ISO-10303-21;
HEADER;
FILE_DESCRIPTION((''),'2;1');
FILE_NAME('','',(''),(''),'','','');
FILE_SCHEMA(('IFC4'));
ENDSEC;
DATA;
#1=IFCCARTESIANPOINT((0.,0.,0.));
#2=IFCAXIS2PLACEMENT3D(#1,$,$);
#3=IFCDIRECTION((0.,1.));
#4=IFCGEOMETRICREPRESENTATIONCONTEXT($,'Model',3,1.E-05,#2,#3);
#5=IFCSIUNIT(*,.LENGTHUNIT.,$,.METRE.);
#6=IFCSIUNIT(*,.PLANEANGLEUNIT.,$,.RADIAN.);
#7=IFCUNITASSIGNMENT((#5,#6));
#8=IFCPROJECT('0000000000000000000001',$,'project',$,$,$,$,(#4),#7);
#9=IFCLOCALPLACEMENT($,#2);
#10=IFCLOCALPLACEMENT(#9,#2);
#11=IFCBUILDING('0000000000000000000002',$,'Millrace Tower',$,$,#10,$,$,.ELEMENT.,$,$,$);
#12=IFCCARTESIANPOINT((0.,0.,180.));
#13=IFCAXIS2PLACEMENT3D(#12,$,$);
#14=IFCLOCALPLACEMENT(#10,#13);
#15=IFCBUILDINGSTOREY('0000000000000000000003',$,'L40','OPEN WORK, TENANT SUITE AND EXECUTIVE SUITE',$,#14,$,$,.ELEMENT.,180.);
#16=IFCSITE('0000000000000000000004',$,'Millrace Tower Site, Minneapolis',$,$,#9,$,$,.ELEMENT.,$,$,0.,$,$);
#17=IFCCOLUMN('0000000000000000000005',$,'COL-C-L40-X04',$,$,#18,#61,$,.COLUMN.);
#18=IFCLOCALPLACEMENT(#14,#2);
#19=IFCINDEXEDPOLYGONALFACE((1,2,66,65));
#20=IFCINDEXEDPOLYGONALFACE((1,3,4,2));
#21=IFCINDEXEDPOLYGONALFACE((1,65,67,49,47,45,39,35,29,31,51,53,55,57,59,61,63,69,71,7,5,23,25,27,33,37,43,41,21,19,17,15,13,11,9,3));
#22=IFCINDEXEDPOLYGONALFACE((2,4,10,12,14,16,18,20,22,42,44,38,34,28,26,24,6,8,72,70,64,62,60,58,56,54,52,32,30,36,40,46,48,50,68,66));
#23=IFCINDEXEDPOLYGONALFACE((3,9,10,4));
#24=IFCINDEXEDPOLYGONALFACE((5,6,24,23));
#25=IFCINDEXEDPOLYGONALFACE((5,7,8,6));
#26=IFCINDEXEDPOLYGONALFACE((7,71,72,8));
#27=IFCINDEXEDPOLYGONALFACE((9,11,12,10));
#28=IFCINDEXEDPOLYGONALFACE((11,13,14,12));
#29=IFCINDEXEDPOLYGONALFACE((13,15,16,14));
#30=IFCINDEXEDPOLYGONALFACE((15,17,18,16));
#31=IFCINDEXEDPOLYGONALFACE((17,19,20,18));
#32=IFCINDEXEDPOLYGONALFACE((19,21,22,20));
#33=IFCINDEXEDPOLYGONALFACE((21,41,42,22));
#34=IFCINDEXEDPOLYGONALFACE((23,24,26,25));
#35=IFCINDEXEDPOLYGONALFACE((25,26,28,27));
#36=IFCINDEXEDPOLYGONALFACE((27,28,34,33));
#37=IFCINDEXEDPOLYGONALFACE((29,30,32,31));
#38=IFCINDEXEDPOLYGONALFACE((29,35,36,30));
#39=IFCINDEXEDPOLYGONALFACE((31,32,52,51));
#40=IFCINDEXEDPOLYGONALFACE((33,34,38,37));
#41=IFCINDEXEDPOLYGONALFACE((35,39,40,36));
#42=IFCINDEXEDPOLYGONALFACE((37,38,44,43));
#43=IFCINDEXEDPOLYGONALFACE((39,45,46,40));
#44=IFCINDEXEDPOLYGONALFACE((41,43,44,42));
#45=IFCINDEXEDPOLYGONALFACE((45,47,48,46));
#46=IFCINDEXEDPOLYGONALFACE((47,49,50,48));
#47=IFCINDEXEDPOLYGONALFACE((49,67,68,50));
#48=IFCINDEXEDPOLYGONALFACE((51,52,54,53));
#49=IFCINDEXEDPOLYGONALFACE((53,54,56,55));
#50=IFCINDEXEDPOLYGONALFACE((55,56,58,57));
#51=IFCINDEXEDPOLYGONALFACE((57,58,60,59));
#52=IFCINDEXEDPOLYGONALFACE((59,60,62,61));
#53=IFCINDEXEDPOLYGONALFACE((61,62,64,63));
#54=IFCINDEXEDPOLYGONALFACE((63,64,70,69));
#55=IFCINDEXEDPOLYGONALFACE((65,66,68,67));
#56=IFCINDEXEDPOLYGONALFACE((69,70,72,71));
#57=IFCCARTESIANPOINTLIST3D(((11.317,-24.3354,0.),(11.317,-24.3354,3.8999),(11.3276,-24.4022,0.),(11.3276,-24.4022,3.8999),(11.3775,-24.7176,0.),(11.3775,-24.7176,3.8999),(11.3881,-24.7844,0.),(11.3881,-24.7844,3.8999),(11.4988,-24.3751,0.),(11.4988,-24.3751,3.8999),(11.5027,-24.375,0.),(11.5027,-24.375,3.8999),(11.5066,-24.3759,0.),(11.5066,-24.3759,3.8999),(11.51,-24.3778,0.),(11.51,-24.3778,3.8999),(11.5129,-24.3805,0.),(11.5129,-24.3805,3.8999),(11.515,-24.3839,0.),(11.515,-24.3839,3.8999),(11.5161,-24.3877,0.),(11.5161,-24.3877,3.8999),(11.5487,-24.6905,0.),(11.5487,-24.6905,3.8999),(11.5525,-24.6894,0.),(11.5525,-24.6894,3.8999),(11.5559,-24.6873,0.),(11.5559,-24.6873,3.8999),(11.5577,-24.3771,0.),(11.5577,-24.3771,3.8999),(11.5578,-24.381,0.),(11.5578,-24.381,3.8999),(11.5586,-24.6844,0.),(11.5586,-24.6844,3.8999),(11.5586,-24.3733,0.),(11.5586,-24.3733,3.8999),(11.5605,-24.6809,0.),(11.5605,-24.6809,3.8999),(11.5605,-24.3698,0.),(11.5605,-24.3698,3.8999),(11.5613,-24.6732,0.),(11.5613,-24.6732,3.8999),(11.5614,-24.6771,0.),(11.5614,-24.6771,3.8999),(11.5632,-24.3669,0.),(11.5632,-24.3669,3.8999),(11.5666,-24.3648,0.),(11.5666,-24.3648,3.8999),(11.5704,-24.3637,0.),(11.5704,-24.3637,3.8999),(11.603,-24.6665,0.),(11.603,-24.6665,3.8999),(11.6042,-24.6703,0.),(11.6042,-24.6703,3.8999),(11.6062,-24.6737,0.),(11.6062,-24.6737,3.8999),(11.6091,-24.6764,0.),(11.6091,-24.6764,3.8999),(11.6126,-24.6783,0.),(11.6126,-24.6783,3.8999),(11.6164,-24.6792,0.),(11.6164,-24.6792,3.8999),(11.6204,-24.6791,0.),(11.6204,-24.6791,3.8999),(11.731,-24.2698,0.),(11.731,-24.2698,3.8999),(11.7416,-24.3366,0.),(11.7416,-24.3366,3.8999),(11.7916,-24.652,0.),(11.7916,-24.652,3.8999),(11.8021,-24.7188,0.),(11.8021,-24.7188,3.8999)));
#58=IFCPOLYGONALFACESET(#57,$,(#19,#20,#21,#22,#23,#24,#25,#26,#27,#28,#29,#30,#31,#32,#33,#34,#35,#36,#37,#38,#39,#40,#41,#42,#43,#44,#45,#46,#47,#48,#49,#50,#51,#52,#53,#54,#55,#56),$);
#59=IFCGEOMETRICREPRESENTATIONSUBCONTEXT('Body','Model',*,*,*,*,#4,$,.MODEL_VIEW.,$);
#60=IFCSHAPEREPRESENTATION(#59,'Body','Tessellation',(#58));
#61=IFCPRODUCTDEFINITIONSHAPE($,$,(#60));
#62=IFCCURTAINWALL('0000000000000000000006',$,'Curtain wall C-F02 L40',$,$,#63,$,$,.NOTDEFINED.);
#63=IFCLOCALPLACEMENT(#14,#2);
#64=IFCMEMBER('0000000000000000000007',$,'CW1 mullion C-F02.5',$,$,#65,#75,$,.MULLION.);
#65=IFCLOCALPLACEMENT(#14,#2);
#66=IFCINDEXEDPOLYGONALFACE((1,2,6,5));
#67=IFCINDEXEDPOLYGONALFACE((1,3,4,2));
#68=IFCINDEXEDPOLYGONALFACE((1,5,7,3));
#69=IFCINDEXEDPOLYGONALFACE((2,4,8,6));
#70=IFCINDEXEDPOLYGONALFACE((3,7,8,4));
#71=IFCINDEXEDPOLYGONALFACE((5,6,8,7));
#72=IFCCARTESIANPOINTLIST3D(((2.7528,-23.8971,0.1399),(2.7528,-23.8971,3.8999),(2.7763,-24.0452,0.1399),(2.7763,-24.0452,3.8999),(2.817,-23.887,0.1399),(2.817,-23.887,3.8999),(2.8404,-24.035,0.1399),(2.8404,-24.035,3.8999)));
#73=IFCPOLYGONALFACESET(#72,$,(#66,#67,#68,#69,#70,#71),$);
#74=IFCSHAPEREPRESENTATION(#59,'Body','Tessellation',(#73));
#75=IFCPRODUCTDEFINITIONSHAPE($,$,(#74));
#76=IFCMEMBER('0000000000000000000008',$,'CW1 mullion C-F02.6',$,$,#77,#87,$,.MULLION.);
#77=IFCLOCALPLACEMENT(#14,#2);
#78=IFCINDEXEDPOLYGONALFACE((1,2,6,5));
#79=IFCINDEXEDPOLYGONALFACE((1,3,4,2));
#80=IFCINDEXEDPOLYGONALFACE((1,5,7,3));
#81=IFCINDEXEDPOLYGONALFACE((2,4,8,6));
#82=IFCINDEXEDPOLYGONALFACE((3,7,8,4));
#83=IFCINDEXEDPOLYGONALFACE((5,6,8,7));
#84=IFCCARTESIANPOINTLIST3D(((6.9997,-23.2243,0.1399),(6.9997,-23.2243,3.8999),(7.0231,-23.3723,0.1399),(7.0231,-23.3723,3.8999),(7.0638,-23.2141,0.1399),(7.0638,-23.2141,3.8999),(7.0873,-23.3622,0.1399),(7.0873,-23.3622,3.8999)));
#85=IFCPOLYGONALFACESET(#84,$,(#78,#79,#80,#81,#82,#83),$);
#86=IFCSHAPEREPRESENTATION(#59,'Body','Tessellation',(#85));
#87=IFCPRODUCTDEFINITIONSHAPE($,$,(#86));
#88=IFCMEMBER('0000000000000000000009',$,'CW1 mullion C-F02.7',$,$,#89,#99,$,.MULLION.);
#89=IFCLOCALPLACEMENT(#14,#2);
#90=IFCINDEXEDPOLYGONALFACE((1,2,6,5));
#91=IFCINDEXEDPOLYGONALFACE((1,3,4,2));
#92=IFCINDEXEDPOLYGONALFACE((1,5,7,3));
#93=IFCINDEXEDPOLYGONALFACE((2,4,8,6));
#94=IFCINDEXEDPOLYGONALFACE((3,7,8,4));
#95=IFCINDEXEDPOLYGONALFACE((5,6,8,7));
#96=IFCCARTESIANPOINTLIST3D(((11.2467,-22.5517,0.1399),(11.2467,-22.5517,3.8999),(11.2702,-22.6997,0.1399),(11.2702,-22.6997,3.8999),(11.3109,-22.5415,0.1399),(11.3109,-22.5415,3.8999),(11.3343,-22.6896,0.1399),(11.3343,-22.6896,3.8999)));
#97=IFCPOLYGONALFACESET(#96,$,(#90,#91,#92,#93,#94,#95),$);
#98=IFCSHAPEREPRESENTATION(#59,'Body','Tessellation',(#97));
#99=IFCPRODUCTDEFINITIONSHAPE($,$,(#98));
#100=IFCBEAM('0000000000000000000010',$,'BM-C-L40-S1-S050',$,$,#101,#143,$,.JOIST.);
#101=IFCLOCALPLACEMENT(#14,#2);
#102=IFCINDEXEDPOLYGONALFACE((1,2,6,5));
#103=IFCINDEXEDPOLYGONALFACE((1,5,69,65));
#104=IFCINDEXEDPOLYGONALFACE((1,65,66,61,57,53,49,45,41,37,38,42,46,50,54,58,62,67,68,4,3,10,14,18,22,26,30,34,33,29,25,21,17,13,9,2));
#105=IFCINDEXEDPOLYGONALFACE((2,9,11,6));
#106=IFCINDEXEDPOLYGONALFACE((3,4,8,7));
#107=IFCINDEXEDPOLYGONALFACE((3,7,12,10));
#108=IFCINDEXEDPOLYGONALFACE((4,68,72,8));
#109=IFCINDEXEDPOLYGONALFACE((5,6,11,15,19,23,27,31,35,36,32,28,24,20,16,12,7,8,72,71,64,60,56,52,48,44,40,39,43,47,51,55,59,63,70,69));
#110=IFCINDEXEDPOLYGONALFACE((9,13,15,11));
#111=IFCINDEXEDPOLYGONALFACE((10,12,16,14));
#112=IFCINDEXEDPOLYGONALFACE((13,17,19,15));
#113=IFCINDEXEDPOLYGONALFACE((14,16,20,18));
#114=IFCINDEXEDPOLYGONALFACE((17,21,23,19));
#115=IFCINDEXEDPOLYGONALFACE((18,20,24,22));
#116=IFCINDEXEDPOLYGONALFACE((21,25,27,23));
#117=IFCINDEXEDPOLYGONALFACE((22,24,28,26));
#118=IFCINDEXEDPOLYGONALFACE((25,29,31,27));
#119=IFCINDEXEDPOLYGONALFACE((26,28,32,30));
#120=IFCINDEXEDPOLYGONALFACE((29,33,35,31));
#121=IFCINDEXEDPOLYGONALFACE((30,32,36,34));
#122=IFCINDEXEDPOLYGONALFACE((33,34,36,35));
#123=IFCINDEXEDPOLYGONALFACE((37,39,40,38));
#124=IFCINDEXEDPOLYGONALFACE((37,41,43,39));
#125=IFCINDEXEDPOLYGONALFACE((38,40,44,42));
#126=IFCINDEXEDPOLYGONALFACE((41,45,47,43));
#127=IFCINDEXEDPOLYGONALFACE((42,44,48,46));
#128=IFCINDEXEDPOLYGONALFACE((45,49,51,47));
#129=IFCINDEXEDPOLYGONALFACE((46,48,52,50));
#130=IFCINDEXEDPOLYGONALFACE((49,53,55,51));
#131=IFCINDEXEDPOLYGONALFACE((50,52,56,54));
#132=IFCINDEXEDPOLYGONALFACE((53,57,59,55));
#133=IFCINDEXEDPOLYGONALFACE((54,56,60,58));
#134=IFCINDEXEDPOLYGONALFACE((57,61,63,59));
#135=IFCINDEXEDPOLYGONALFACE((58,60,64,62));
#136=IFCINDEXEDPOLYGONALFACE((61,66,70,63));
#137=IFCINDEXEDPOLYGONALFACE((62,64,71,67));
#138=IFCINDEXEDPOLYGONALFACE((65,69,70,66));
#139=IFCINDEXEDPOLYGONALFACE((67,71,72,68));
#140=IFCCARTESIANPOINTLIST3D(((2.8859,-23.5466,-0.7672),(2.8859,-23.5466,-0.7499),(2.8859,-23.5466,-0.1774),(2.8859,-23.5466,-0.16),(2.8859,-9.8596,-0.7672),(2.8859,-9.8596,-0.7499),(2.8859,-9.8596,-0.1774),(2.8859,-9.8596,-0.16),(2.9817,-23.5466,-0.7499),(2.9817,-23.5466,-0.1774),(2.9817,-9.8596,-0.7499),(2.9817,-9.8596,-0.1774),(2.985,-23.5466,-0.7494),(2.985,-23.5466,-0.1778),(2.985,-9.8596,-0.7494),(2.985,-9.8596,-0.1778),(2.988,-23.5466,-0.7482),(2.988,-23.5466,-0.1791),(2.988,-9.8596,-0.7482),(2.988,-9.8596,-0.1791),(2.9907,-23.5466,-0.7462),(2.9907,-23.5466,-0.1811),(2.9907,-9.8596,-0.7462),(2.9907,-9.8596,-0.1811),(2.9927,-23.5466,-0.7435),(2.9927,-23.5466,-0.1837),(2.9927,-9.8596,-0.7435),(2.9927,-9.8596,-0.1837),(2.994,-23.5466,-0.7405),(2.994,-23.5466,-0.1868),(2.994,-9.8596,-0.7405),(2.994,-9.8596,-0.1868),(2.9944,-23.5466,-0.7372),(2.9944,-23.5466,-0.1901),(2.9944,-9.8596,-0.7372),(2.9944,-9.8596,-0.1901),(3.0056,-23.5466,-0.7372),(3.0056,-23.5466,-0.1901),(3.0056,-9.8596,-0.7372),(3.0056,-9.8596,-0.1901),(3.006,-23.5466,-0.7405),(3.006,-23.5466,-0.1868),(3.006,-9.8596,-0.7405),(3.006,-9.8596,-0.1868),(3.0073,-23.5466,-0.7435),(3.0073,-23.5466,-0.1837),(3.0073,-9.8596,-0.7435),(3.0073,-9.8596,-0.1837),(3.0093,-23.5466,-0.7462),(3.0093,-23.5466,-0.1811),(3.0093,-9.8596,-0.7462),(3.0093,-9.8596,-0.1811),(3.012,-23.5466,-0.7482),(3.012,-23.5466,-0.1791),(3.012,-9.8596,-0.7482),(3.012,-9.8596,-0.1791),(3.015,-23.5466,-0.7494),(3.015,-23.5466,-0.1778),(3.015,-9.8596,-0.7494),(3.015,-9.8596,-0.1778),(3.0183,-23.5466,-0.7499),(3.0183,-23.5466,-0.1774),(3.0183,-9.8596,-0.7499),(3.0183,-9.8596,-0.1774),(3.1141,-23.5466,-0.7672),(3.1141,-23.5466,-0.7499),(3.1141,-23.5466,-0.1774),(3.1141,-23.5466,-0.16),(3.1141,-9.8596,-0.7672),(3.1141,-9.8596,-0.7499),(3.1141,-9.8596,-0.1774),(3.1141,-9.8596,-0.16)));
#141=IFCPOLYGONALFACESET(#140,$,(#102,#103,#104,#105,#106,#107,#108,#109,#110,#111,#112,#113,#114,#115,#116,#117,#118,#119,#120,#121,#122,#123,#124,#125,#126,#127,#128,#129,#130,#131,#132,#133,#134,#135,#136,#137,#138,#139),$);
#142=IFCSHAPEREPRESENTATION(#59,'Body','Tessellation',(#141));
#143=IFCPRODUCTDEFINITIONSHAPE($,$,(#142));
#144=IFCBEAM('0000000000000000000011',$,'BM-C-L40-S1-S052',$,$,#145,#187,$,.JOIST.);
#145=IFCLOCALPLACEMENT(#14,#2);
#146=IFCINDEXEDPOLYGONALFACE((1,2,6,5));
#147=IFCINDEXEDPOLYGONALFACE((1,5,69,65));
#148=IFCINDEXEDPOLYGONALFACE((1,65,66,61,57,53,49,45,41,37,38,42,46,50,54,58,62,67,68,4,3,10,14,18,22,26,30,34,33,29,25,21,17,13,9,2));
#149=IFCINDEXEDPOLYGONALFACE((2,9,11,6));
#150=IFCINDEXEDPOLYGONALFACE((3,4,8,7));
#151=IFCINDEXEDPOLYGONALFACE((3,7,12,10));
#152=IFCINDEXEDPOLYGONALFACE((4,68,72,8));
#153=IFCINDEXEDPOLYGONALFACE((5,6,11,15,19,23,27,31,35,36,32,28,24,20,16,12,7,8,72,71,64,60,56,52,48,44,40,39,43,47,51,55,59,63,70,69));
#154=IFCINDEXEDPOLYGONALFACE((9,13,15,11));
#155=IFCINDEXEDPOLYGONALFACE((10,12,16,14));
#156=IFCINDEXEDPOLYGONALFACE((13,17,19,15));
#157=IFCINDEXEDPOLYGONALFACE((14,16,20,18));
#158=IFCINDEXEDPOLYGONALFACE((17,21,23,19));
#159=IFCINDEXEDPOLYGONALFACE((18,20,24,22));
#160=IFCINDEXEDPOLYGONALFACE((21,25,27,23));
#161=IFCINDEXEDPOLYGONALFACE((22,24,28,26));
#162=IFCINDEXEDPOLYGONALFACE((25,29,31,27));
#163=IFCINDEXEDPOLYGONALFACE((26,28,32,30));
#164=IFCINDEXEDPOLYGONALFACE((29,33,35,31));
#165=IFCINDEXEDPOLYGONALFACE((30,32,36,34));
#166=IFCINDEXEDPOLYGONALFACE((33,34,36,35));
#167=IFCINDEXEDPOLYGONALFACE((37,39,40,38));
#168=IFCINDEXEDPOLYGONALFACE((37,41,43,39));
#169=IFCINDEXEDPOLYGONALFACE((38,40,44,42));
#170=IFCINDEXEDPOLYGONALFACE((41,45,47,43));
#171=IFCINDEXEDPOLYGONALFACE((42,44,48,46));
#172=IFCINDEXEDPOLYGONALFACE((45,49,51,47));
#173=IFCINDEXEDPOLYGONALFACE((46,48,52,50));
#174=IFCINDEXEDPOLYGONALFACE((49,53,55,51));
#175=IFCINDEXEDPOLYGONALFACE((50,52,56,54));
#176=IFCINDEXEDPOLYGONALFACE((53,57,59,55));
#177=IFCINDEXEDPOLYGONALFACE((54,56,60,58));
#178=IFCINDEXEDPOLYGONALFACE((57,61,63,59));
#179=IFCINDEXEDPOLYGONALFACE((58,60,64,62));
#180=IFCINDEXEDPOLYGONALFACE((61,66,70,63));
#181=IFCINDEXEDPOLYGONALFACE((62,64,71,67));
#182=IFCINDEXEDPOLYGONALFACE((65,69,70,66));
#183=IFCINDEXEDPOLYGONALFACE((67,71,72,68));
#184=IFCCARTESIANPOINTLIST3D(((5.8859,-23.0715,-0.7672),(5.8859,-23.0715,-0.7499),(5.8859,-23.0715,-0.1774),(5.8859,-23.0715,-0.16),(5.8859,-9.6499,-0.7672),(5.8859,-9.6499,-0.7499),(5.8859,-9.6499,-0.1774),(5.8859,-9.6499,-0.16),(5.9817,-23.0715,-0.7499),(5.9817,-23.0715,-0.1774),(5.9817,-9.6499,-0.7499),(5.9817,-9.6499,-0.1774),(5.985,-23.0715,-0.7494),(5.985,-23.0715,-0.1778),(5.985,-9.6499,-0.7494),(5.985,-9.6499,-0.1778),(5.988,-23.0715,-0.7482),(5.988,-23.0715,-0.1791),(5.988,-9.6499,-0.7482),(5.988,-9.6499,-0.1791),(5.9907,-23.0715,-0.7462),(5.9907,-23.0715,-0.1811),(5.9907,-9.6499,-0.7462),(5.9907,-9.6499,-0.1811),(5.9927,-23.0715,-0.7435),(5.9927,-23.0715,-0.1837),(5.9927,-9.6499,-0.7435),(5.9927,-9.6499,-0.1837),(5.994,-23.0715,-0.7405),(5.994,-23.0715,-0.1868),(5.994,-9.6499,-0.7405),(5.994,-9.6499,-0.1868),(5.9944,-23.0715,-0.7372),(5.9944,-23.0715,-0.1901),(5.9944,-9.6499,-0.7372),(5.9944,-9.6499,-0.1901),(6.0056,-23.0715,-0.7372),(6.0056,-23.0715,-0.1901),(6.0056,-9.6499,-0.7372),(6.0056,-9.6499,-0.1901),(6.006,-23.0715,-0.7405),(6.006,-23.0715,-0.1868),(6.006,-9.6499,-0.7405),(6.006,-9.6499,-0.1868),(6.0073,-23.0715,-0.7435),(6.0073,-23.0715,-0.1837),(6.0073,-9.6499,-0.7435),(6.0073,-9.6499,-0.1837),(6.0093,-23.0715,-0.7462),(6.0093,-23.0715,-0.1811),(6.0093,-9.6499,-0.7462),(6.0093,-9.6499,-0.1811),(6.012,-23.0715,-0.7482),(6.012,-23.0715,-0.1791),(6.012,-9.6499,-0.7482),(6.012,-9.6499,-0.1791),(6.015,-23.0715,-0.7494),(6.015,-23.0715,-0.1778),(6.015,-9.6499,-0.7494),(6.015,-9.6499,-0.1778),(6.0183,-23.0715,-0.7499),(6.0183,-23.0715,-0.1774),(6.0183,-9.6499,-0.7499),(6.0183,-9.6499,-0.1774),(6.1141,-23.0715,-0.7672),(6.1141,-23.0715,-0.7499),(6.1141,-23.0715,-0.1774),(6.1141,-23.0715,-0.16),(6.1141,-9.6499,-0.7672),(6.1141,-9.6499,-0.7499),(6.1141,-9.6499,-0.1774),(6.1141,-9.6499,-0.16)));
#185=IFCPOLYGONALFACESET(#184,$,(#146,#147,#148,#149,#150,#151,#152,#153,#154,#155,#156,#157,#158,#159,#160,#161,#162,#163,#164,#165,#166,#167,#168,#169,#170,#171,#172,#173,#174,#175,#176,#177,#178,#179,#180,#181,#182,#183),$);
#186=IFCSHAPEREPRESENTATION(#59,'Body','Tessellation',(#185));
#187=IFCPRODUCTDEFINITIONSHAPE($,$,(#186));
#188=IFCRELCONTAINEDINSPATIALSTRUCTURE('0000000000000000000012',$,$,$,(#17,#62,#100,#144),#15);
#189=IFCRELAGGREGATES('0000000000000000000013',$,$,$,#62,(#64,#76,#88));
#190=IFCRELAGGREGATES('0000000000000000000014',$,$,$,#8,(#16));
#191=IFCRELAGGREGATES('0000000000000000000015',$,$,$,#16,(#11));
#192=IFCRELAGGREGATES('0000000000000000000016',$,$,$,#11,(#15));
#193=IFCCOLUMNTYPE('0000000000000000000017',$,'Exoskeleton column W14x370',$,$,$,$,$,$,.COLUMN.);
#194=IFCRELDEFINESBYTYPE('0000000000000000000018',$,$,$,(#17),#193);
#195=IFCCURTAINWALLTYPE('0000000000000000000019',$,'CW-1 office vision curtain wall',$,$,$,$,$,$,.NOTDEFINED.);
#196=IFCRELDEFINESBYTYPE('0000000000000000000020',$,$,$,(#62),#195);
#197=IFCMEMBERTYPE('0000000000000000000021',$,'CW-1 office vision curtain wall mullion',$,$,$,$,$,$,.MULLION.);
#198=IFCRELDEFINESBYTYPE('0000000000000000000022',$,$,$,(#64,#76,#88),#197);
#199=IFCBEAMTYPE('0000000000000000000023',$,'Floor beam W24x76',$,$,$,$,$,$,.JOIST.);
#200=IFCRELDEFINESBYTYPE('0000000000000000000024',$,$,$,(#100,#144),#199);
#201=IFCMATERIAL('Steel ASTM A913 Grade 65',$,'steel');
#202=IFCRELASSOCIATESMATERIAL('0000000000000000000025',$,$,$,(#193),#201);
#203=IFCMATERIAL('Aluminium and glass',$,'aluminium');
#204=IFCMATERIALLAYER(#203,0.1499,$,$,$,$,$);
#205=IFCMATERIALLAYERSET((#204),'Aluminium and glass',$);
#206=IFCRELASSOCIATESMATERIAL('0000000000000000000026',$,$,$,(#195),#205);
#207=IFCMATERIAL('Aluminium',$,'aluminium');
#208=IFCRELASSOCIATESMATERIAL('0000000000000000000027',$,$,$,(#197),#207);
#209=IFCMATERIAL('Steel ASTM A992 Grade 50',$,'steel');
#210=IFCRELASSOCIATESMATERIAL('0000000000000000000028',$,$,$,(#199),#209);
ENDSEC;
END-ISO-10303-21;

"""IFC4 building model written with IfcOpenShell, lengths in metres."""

from ifc_helpers import new_model, si_unit, direction, frame, origin, origin_2d, place, context, subcontext, project, spatial, rectangle, i_section, extrude, material, layer, layer_set, material_profile, profile_set, type_object, element, aggregate, save


model = new_model("IFC4")

# Units and contexts
model_context = context("Model", 3, precision=1e-05, world=origin(), true_north=direction((0.0, 1.0)))
body_context = subcontext(model_context, "Body", "Model", "MODEL_VIEW")
ifc_project = project(units=[si_unit("LENGTHUNIT", "METRE"), si_unit("PLANEANGLEUNIT", "RADIAN")], contexts=[model_context])

# Site, building, storey
site_placement = place(None, origin())
site = spatial("IfcSite", under=ifc_project, at=site_placement, Name="Millrace Tower Site, Minneapolis", CompositionType="ELEMENT", RefElevation=0.0)
building_placement = place(site_placement, origin())
building = spatial("IfcBuilding", under=site, at=building_placement, Name="Millrace Tower", CompositionType="ELEMENT")
storey_placement = place(building_placement, frame((0.0, 0.0, 180.0)))
storey = spatial("IfcBuildingStorey", under=building, at=storey_placement, Name="L40", Description="OPEN WORK, TENANT SUITE AND EXECUTIVE SUITE", CompositionType="ELEMENT", Elevation=180.0)

# Column
ifc_material_1 = material(Name="Steel ASTM A913 Grade 65", Category="steel")
ifc_material_profile_1 = material_profile(ifc_material_1, i_section(OverallWidth=0.4192, OverallDepth=0.4546, WebThickness=0.0422, FlangeThickness=0.0676, FilletRadius=0.0151, at=origin_2d()))
ifc_profile_set_1 = profile_set([ifc_material_profile_1], Name="Steel ASTM A913 Grade 65")
column_type = type_object("IfcColumnType", Name="Exoskeleton column W14x370", PredefinedType="COLUMN", material=ifc_profile_set_1)
column_placement = place(storey_placement, frame((11.5596, -24.5271, 0.0), z_axis=(0.0, 0.0, 1.0), x_axis=(0.987688, 0.156434, 0.0)))
element("IfcColumn", 1, at=column_placement, inside=storey, type_object=column_type, Name="COL-C-L40-X04", PredefinedType="COLUMN", context=body_context, shape_type="SweptSolid", body=[
    extrude(i_section(OverallWidth=0.4192, OverallDepth=0.4546, WebThickness=0.0422, FlangeThickness=0.0676, FilletRadius=0.0151, at=origin_2d()), origin(), (0.0, 0.0, 1.0), 3.8999),
])

# Curtain wall, members
ifc_material_2 = material(Name="Aluminium and glass", Category="aluminium")
ifc_layer_1 = layer(ifc_material_2, 0.1499)
ifc_layer_set_1 = layer_set([ifc_layer_1], Name="Aluminium and glass")
curtain_wall_type = type_object("IfcCurtainWallType", Name="CW-1 office vision curtain wall", PredefinedType="NOTDEFINED", material=ifc_layer_set_1)
placement = place(storey_placement, origin())
curtain_wall = element("IfcCurtainWall", 2, at=placement, inside=storey, type_object=curtain_wall_type, Name="Curtain wall C-F02 L40", PredefinedType="NOTDEFINED")
ifc_material_3 = material(Name="Aluminium", Category="aluminium")
ifc_material_profile_2 = material_profile(ifc_material_3, rectangle(XDim=0.0649, YDim=0.1499, at=origin_2d()))
ifc_profile_set_2 = profile_set([ifc_material_profile_2], Name="Aluminium")
member_type = type_object("IfcMemberType", Name="CW-1 office vision curtain wall mullion", PredefinedType="MULLION", material=ifc_profile_set_2)
member_1_placement = place(storey_placement, frame((2.7966, -23.9661, 0.1399), z_axis=(0.0, 0.0, 1.0), x_axis=(0.987688, 0.156434, 0.0)))
member_1 = element("IfcMember", 3, at=member_1_placement, type_object=member_type, Name="CW1 mullion C-F02.5", PredefinedType="MULLION", context=body_context, shape_type="SweptSolid", body=[
    extrude(rectangle(XDim=0.0649, YDim=0.1499, at=origin_2d()), origin(), (0.0, 0.0, 1.0), 3.76),
])
member_2_placement = place(storey_placement, frame((7.0435, -23.2932, 0.1399), z_axis=(0.0, 0.0, 1.0), x_axis=(0.987688, 0.156434, 0.0)))
member_2 = element("IfcMember", 4, at=member_2_placement, type_object=member_type, Name="CW1 mullion C-F02.6", PredefinedType="MULLION", context=body_context, shape_type="SweptSolid", body=[
    extrude(rectangle(XDim=0.0649, YDim=0.1499, at=origin_2d()), origin(), (0.0, 0.0, 1.0), 3.76),
])
member_3_placement = place(storey_placement, frame((11.2905, -22.6206, 0.1399), z_axis=(0.0, 0.0, 1.0), x_axis=(0.987688, 0.156434, 0.0)))
member_3 = element("IfcMember", 5, at=member_3_placement, type_object=member_type, Name="CW1 mullion C-F02.7", PredefinedType="MULLION", context=body_context, shape_type="SweptSolid", body=[
    extrude(rectangle(XDim=0.0649, YDim=0.1499, at=origin_2d()), origin(), (0.0, 0.0, 1.0), 3.76),
])
aggregate(curtain_wall, [member_1, member_2, member_3])

# Beams
ifc_material_4 = material(Name="Steel ASTM A992 Grade 50", Category="steel")
ifc_material_profile_3 = material_profile(ifc_material_4, i_section(OverallWidth=0.2283, OverallDepth=0.6072, WebThickness=0.0112, FlangeThickness=0.0173, FilletRadius=0.0127, at=origin_2d()))
ifc_profile_set_3 = profile_set([ifc_material_profile_3], Name="Steel ASTM A992 Grade 50")
beam_type_1 = type_object("IfcBeamType", Name="Floor beam W24x76", PredefinedType="JOIST", material=ifc_profile_set_3)
beam_1_placement = place(storey_placement, frame((3.0, -23.5466, -0.4636), z_axis=(0.0, 1.0, 0.0), x_axis=(-1.0, 0.0, 0.0)))
element("IfcBeam", 6, at=beam_1_placement, inside=storey, type_object=beam_type_1, Name="BM-C-L40-S1-S050", PredefinedType="JOIST", context=body_context, shape_type="SweptSolid", body=[
    extrude(i_section(OverallWidth=0.2283, OverallDepth=0.6072, WebThickness=0.0112, FlangeThickness=0.0173, FilletRadius=0.0127, at=origin_2d()), origin(), (0.0, 0.0, 1.0), 13.687),
])
beam_2_placement = place(storey_placement, frame((6.0, -23.0715, -0.4636), z_axis=(0.0, 1.0, 0.0), x_axis=(-1.0, 0.0, 0.0)))
element("IfcBeam", 7, at=beam_2_placement, inside=storey, type_object=beam_type_1, Name="BM-C-L40-S1-S052", PredefinedType="JOIST", context=body_context, shape_type="SweptSolid", body=[
    extrude(i_section(OverallWidth=0.2283, OverallDepth=0.6072, WebThickness=0.0112, FlangeThickness=0.0173, FilletRadius=0.0127, at=origin_2d()), origin(), (0.0, 0.0, 1.0), 13.4216),
])

save(model, "model.ifc")
